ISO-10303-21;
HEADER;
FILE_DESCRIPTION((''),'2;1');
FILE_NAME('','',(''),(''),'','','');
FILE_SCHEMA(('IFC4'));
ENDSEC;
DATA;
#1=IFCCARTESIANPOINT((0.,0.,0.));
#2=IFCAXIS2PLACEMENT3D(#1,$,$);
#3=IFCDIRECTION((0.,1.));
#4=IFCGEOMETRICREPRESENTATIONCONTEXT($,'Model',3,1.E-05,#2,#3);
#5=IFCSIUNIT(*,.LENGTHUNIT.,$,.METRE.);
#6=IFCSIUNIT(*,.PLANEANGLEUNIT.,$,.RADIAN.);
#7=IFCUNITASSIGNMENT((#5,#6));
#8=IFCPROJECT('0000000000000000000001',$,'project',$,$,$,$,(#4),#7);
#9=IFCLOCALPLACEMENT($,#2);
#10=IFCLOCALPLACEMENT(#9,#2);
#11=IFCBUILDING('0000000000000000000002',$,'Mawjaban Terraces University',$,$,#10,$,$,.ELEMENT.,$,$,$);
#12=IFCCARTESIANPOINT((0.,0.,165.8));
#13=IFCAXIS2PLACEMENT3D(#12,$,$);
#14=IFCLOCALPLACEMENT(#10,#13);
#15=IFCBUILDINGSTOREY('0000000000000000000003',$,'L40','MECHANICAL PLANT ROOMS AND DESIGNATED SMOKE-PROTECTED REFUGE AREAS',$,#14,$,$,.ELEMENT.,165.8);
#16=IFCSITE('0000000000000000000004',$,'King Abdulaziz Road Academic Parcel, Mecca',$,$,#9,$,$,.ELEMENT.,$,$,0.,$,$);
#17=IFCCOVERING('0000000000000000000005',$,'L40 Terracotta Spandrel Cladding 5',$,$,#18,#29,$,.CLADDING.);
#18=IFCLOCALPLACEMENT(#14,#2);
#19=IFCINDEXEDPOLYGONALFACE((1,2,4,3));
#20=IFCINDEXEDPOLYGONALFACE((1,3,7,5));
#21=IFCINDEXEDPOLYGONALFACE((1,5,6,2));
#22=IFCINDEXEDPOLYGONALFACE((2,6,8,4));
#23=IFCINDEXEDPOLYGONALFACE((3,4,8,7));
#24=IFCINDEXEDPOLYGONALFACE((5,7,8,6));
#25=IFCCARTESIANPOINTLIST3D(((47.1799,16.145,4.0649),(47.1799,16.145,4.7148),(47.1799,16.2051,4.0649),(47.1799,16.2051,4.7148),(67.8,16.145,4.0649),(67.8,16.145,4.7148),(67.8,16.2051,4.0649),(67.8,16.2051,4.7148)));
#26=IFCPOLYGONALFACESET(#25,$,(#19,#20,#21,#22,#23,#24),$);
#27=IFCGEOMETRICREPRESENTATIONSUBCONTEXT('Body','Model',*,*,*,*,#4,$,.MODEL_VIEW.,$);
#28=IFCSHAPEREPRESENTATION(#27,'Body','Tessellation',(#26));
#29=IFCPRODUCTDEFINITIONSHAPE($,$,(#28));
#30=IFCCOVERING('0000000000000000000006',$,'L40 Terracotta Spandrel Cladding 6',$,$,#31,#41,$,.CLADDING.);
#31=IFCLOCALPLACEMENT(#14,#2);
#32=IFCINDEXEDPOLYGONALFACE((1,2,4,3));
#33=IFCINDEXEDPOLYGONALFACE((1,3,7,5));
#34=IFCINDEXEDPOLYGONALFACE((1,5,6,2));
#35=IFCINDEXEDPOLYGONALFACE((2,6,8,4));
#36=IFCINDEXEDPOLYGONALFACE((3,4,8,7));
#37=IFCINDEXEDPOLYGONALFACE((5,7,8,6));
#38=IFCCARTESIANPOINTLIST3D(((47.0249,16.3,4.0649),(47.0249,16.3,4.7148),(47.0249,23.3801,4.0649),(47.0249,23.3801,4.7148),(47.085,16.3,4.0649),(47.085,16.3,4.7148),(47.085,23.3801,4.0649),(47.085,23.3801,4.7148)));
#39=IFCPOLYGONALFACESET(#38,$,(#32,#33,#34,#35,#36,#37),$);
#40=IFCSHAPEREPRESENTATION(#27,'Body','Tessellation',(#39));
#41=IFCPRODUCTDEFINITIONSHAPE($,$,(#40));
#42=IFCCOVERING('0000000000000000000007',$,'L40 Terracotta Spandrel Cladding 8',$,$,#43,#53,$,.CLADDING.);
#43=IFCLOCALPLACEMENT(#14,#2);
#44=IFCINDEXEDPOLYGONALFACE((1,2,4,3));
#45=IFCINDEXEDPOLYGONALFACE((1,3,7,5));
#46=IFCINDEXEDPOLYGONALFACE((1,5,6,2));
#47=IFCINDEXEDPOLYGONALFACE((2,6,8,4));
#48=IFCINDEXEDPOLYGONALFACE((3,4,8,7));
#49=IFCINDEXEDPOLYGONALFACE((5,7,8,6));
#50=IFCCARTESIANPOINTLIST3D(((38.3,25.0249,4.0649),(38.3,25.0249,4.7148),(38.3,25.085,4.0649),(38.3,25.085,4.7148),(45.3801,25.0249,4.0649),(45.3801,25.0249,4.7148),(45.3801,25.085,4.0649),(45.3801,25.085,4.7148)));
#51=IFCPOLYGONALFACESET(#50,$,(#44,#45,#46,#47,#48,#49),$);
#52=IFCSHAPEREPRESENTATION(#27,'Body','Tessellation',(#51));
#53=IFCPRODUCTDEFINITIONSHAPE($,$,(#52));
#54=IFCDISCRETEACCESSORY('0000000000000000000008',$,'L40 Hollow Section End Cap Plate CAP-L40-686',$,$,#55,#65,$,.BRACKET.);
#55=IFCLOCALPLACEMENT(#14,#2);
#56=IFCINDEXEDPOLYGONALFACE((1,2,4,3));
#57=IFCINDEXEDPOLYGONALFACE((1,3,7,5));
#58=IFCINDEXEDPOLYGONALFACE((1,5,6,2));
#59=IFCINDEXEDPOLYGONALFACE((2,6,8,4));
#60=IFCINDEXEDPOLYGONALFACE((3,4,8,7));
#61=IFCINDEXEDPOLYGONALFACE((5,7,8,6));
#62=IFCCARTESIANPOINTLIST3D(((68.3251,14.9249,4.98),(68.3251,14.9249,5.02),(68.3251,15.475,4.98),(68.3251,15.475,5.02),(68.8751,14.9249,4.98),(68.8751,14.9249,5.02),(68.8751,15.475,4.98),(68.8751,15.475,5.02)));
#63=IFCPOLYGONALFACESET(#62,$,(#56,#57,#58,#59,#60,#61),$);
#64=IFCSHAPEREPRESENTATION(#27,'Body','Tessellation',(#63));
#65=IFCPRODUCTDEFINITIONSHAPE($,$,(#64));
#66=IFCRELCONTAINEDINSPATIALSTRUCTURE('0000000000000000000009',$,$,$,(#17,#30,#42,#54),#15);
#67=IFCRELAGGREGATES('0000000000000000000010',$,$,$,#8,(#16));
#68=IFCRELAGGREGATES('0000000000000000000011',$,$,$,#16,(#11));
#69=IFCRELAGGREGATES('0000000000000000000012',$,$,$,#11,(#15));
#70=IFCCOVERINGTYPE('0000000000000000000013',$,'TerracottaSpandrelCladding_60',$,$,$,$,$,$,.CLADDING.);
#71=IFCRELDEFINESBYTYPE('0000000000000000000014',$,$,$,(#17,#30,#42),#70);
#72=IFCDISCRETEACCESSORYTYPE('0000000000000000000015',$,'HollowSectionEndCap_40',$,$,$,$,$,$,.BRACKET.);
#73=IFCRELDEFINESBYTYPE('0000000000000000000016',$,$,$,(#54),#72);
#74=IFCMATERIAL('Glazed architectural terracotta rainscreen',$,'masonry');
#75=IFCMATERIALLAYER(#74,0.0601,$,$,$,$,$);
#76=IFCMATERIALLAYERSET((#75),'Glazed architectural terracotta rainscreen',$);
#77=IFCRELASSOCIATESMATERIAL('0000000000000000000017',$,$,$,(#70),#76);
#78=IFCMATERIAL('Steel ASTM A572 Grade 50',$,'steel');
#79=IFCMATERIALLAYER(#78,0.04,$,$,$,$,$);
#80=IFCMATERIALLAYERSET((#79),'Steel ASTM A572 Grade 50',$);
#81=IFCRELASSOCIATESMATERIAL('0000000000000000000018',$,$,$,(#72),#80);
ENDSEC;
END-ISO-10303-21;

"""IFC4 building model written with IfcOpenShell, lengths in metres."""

from ifc_helpers import new_model, si_unit, direction, frame, origin, origin_2d, place, context, subcontext, project, spatial, rectangle, extrude, material, layer, layer_set, type_object, element, save


model = new_model("IFC4")

# Units and contexts
model_context = context("Model", 3, precision=1e-05, world=origin(), true_north=direction((0.0, 1.0)))
body_context = subcontext(model_context, "Body", "Model", "MODEL_VIEW")
ifc_project = project(units=[si_unit("LENGTHUNIT", "METRE"), si_unit("PLANEANGLEUNIT", "RADIAN")], contexts=[model_context])

# Site, building, storey
site_placement = place(None, origin())
site = spatial("IfcSite", under=ifc_project, at=site_placement, Name="King Abdulaziz Road Academic Parcel, Mecca", CompositionType="ELEMENT", RefElevation=0.0)
building_placement = place(site_placement, origin())
building = spatial("IfcBuilding", under=site, at=building_placement, Name="Mawjaban Terraces University", CompositionType="ELEMENT")
storey_placement = place(building_placement, frame((0.0, 0.0, 165.8)))
storey = spatial("IfcBuildingStorey", under=building, at=storey_placement, Name="L40", Description="MECHANICAL PLANT ROOMS AND DESIGNATED SMOKE-PROTECTED REFUGE AREAS", CompositionType="ELEMENT", Elevation=165.8)

# Shared definitions
ifc_material_1 = material(Name="Steel ASTM A572 Grade 50", Category="steel")

# Coverings
ifc_material_2 = material(Name="Glazed architectural terracotta rainscreen", Category="masonry")
ifc_layer_1 = layer(ifc_material_2, 0.0601)
ifc_layer_set_1 = layer_set([ifc_layer_1], Name="Glazed architectural terracotta rainscreen")
covering_type = type_object("IfcCoveringType", Name="TerracottaSpandrelCladding_60", PredefinedType="CLADDING", material=ifc_layer_set_1)
covering_placement = place(storey_placement, frame((57.49, 16.175, 4.0649), z_axis=(0.0, 0.0, 1.0), x_axis=(-1.0, 0.0, 0.0)))
element("IfcCovering", 1, at=covering_placement, inside=storey, type_object=covering_type, Name="L40 Terracotta Spandrel Cladding 5", PredefinedType="CLADDING", context=body_context, shape_type="SweptSolid", body=[
    extrude(rectangle(XDim=20.6201, YDim=0.0601, at=origin_2d()), origin(), (0.0, 0.0, 1.0), 0.6499),
])
for number, where, z_axis, x_axis, name in (
    (2, (47.0549, 19.8401, 4.0649), (0.0, 0.0, 1.0), (0.0, 1.0, 0.0), "L40 Terracotta Spandrel Cladding 6"),
    (3, (41.8401, 25.0549, 4.0649), (0.0, 0.0, 1.0), (-1.0, 0.0, 0.0), "L40 Terracotta Spandrel Cladding 8"),
):
    element("IfcCovering", number, at=place(storey_placement, frame(where, z_axis=z_axis, x_axis=x_axis)), inside=storey, type_object=covering_type, Name=name, PredefinedType="CLADDING", context=body_context, shape_type="SweptSolid", body=[
        extrude(rectangle(XDim=7.0801, YDim=0.0601, at=origin_2d()), origin(), (0.0, 0.0, 1.0), 0.6499),
    ])

# Discrete accessory
ifc_layer_2 = layer(ifc_material_1, 0.04)
ifc_layer_set_2 = layer_set([ifc_layer_2], Name="Steel ASTM A572 Grade 50")
discrete_accessory_type = type_object("IfcDiscreteAccessoryType", Name="HollowSectionEndCap_40", PredefinedType="BRACKET", material=ifc_layer_set_2)
discrete_accessory_placement = place(storey_placement, frame((68.6001, 15.2, 4.98), z_axis=(0.0, 0.0, 1.0), x_axis=(1.0, 0.0, 0.0)))
element("IfcDiscreteAccessory", 4, at=discrete_accessory_placement, inside=storey, type_object=discrete_accessory_type, Name="L40 Hollow Section End Cap Plate CAP-L40-686", PredefinedType="BRACKET", context=body_context, shape_type="SweptSolid", body=[
    extrude(rectangle(XDim=0.55, YDim=0.55, at=origin_2d()), origin(), (0.0, 0.0, 1.0), 0.04),
])

save(model, "model.ifc")
